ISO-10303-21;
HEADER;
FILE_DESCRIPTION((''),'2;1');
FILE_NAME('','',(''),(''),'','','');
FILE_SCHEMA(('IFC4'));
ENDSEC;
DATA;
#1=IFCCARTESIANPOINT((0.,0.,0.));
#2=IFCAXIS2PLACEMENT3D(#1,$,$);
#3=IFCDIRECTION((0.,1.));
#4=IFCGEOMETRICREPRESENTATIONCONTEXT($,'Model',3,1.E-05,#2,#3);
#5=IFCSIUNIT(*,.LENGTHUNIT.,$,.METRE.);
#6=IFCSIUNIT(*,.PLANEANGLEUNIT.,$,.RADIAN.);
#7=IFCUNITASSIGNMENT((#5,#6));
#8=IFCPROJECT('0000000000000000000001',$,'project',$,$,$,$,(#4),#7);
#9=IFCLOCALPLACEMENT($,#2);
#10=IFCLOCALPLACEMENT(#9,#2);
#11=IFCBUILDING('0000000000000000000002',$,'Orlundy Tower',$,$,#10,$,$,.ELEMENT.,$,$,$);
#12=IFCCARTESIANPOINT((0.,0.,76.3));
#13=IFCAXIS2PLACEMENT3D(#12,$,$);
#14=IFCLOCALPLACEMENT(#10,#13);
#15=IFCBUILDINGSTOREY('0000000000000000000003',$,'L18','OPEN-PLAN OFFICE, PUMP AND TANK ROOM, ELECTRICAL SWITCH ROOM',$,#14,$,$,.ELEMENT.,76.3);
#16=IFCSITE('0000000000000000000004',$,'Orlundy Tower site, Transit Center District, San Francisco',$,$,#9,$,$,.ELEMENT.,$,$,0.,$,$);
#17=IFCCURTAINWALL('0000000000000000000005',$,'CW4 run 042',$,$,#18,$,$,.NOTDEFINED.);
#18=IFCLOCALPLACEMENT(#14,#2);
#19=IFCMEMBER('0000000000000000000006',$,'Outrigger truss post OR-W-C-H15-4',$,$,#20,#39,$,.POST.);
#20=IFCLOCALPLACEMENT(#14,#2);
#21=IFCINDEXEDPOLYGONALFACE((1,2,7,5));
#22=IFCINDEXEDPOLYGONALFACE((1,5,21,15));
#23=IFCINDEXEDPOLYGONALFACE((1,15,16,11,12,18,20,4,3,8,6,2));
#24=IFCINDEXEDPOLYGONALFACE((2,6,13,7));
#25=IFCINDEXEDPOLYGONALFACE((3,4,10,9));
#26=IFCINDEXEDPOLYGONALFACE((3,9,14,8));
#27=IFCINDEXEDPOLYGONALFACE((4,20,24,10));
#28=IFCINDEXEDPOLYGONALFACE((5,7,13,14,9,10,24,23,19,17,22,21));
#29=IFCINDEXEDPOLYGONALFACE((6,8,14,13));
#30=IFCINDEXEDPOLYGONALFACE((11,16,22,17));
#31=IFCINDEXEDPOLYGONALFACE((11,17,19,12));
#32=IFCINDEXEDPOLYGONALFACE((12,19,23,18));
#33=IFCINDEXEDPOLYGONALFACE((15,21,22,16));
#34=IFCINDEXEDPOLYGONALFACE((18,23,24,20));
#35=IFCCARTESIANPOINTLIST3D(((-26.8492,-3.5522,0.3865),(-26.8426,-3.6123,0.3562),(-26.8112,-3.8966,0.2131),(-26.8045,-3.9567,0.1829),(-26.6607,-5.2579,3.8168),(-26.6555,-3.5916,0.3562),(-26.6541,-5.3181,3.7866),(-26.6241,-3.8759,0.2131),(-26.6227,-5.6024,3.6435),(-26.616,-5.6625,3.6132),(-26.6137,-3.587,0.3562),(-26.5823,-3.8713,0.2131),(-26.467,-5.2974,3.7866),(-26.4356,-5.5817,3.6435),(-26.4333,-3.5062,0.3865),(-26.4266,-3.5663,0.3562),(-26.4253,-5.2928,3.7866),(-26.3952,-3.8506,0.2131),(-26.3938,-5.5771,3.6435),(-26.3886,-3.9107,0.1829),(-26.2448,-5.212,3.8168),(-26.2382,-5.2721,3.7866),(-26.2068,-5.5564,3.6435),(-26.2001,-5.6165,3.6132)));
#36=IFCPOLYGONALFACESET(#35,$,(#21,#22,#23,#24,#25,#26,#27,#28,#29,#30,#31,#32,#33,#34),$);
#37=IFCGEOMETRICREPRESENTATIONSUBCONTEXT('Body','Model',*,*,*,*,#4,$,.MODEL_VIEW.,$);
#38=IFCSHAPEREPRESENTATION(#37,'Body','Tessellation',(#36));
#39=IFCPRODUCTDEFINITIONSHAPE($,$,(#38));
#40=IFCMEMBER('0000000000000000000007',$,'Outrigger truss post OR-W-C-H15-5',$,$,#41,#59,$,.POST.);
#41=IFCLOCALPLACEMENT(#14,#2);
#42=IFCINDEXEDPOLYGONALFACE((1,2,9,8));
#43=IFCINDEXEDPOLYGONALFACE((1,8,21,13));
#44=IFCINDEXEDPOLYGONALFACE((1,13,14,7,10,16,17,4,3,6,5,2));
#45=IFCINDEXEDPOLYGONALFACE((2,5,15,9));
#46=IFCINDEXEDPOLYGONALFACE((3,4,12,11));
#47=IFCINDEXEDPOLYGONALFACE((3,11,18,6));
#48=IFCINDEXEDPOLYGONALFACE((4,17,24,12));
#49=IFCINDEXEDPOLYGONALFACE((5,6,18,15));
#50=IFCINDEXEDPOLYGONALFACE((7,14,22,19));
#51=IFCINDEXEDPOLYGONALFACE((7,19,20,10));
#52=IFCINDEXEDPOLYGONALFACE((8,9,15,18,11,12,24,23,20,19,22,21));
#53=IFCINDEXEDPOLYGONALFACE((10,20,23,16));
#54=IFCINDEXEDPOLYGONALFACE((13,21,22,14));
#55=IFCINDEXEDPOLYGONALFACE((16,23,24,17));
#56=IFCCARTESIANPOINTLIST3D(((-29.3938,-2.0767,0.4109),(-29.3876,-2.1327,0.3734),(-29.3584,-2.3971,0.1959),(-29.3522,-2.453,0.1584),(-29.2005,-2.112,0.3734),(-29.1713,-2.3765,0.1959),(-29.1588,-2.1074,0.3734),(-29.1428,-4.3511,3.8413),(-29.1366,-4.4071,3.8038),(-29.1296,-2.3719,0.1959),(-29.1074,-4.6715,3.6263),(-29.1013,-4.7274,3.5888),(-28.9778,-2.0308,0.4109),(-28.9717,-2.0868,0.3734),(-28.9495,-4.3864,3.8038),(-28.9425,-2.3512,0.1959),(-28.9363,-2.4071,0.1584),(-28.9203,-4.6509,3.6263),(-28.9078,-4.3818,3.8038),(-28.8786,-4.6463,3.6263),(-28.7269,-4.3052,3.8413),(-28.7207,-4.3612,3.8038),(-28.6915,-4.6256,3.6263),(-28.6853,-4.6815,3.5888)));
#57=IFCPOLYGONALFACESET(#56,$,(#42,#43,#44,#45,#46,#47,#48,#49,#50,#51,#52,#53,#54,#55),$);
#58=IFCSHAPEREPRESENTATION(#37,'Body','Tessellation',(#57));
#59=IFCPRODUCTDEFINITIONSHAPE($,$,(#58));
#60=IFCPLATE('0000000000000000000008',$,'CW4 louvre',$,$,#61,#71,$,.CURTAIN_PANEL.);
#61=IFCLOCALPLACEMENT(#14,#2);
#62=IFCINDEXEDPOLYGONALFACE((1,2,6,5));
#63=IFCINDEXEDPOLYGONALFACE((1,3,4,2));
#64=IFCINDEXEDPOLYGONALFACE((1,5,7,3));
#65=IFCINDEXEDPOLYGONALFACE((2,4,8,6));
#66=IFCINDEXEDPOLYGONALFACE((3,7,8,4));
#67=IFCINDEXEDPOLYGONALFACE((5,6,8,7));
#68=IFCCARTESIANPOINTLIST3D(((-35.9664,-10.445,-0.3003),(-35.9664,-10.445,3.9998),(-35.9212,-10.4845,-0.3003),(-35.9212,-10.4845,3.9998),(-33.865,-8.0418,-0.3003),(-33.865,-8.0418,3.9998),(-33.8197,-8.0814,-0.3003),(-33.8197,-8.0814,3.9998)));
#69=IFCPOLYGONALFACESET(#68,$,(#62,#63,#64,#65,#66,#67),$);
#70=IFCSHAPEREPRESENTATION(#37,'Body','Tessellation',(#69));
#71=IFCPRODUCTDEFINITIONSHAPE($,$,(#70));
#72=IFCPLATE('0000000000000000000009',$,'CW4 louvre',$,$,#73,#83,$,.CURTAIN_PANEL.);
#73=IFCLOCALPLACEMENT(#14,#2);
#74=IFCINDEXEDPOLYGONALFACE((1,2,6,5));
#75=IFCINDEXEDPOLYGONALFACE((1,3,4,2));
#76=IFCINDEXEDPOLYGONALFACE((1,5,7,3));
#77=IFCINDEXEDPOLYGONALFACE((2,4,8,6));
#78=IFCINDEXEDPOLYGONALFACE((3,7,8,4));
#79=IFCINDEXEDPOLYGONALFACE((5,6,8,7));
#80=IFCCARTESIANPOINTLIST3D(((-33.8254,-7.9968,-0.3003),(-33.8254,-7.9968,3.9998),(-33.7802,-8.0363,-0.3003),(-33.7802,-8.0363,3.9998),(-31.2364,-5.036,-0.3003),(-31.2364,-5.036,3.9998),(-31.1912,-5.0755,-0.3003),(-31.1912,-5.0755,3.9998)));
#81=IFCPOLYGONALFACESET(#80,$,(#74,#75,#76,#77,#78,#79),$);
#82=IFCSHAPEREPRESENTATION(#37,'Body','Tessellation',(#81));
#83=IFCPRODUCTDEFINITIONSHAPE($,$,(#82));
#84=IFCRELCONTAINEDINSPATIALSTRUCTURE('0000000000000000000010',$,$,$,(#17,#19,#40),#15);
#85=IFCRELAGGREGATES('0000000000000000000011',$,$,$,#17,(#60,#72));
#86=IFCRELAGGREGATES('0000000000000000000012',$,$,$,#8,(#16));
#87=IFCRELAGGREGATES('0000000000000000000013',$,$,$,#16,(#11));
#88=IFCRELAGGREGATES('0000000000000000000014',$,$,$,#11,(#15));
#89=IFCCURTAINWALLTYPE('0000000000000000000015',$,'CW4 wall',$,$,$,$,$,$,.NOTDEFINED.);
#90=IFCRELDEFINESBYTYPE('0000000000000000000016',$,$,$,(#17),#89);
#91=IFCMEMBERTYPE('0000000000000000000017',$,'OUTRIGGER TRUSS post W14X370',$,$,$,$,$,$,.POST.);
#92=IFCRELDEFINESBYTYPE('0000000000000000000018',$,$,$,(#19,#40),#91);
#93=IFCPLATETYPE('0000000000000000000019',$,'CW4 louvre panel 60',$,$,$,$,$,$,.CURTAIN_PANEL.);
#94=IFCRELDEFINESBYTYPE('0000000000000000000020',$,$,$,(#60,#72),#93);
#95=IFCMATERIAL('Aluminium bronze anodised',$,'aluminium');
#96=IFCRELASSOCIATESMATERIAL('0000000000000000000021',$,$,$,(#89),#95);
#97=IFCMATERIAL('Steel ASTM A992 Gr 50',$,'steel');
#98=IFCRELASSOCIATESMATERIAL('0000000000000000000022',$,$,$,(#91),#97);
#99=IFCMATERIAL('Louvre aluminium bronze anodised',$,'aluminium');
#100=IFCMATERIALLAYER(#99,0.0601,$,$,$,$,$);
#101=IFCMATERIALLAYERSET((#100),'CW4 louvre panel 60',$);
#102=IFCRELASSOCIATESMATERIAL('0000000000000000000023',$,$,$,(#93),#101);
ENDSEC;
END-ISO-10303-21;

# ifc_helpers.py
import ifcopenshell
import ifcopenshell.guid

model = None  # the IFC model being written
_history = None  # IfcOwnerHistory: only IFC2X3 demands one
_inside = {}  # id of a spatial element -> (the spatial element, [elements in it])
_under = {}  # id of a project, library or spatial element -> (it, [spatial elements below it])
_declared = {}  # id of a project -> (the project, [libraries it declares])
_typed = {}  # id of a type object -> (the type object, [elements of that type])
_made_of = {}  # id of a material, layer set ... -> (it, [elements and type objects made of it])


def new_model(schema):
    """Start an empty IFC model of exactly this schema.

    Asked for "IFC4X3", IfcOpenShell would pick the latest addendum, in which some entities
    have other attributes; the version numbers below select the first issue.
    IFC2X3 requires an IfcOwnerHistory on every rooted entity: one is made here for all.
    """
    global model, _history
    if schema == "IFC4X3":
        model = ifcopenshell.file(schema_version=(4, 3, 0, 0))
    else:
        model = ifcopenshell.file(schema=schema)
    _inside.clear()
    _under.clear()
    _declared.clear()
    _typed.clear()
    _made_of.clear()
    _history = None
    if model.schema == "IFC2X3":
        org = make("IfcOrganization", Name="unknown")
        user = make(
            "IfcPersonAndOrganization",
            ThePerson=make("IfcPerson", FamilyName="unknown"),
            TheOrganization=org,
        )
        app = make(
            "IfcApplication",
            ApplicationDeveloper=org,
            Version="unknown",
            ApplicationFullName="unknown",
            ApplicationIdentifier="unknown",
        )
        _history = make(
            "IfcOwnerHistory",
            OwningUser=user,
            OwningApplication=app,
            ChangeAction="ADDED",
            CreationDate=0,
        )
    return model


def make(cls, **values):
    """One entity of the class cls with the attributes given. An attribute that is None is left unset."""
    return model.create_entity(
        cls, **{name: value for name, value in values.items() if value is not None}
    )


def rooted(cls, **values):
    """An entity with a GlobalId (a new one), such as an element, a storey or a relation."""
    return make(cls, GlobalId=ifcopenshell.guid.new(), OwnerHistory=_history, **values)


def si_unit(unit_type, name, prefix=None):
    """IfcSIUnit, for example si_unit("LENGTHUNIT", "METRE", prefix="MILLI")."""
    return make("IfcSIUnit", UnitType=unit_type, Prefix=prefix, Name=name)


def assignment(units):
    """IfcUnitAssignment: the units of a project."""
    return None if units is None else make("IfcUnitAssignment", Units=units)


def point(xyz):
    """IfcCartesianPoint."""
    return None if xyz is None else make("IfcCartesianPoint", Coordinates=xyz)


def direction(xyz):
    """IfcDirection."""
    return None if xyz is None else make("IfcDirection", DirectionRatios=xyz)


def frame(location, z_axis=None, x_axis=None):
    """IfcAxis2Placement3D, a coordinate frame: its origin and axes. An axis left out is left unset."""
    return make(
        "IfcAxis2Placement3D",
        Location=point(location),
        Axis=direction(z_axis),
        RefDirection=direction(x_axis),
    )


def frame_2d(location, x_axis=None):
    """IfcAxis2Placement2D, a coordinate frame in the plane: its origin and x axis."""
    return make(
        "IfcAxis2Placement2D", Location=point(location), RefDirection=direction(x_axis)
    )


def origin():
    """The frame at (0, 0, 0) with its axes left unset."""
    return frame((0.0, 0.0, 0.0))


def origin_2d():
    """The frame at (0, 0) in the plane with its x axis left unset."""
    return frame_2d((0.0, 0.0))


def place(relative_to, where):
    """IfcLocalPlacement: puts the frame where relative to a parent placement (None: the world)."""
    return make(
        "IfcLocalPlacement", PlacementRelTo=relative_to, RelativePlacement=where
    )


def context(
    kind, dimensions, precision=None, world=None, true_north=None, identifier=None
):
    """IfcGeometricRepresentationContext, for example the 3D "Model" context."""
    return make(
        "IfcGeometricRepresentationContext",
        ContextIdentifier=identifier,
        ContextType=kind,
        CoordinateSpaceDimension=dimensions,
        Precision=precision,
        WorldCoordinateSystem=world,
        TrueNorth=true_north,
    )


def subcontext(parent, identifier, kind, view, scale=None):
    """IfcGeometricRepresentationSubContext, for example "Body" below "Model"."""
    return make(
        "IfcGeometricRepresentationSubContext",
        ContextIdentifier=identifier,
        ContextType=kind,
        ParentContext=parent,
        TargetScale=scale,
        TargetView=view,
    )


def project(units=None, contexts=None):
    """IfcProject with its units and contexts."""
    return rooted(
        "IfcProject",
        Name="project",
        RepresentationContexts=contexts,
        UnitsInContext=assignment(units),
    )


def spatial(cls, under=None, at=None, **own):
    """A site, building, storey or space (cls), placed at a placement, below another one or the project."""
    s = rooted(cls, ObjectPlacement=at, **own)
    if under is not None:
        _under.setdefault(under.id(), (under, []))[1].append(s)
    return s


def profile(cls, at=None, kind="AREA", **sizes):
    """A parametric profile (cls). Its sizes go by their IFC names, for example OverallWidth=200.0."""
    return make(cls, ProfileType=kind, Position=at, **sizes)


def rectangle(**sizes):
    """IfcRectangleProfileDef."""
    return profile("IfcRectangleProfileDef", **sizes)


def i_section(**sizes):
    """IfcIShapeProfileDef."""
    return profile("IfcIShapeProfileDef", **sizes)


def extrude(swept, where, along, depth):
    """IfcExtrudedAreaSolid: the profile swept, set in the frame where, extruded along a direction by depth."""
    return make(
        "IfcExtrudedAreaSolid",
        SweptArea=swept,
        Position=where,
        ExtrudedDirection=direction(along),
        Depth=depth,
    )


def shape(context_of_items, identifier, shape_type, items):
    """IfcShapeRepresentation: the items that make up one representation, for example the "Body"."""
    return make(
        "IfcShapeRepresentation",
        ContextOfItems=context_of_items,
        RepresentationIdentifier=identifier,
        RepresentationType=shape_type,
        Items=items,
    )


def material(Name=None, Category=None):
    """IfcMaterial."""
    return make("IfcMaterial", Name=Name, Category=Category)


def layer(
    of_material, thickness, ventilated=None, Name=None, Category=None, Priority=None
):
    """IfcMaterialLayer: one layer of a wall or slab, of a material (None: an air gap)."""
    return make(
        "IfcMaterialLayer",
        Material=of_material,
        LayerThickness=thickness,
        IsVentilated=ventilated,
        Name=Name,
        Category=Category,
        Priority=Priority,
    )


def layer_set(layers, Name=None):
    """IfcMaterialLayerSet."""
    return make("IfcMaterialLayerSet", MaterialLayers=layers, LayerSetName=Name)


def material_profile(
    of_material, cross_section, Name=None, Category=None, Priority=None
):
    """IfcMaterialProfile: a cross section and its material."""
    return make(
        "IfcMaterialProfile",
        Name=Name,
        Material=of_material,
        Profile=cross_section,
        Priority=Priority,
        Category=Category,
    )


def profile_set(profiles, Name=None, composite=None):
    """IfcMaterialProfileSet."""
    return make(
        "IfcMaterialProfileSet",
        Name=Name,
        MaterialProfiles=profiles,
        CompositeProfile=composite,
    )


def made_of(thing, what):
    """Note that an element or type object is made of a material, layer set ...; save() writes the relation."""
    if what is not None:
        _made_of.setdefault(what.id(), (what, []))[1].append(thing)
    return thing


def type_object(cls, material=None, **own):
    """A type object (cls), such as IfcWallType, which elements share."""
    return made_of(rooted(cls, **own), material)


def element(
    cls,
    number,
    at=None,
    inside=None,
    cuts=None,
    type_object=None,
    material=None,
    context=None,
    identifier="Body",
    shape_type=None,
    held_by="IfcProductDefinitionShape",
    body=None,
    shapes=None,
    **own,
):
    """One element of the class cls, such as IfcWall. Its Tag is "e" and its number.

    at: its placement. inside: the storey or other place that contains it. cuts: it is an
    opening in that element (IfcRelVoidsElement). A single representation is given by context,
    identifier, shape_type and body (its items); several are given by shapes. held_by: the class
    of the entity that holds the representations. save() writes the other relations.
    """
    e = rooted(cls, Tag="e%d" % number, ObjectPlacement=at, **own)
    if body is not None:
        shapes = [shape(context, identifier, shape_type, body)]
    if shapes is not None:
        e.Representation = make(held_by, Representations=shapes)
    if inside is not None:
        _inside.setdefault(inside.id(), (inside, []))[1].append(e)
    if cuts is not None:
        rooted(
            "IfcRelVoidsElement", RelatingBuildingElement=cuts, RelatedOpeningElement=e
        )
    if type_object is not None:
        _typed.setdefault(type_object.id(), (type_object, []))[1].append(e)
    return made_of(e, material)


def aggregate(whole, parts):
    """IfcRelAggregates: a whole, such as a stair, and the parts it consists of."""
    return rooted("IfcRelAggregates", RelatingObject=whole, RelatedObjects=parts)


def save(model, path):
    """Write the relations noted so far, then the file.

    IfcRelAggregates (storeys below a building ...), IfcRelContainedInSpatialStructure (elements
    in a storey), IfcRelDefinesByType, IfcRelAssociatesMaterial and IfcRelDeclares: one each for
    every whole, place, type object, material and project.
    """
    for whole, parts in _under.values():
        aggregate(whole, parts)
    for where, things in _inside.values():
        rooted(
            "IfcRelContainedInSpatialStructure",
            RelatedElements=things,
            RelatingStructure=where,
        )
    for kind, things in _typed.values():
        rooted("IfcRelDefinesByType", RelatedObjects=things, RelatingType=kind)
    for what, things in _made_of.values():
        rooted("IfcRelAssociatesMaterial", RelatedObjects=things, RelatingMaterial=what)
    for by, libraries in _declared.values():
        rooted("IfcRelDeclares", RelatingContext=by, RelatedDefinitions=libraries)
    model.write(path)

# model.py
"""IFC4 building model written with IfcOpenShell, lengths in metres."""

from ifc_helpers import new_model, si_unit, direction, frame, origin, origin_2d, place, context, subcontext, project, spatial, rectangle, i_section, extrude, material, layer, layer_set, material_profile, profile_set, type_object, element, aggregate, save


model = new_model("IFC4")

# Units and contexts
model_context = context("Model", 3, precision=1e-05, world=origin(), true_north=direction((0.0, 1.0)))
body_context = subcontext(model_context, "Body", "Model", "MODEL_VIEW")
ifc_project = project(units=[si_unit("LENGTHUNIT", "METRE"), si_unit("PLANEANGLEUNIT", "RADIAN")], contexts=[model_context])

# Site, building, storey
site_placement = place(None, origin())
site = spatial("IfcSite", under=ifc_project, at=site_placement, Name="Orlundy Tower site, Transit Center District, San Francisco", CompositionType="ELEMENT", RefElevation=0.0)
building_placement = place(site_placement, origin())
building = spatial("IfcBuilding", under=site, at=building_placement, Name="Orlundy Tower", CompositionType="ELEMENT")
storey_placement = place(building_placement, frame((0.0, 0.0, 76.3)))
storey = spatial("IfcBuildingStorey", under=building, at=storey_placement, Name="L18", Description="OPEN-PLAN OFFICE, PUMP AND TANK ROOM, ELECTRICAL SWITCH ROOM", CompositionType="ELEMENT", Elevation=76.3)

# Curtain wall
ifc_material_1 = material(Name="Aluminium bronze anodised", Category="aluminium")
curtain_wall_type = type_object("IfcCurtainWallType", Name="CW4 wall", PredefinedType="NOTDEFINED", material=ifc_material_1)
curtain_wall_1_placement = place(storey_placement, origin())
curtain_wall_1 = element("IfcCurtainWall", 1, at=curtain_wall_1_placement, inside=storey, type_object=curtain_wall_type, Name="CW4 run 042", PredefinedType="NOTDEFINED")

# Members
ifc_material_2 = material(Name="Steel ASTM A992 Gr 50", Category="steel")
ifc_material_profile_1 = material_profile(ifc_material_2, i_section(OverallWidth=0.4185, OverallDepth=0.4551, WebThickness=0.042, FlangeThickness=0.0676, at=origin_2d()), Name="W14X370")
ifc_profile_set_1 = profile_set([ifc_material_profile_1], Name="Steel ASTM A992 Gr 50")
member_type_1 = type_object("IfcMemberType", Name="OUTRIGGER TRUSS post W14X370", PredefinedType="POST", material=ifc_profile_set_1)
member_1_placement = place(storey_placement, frame((-26.6189, -3.7314, 0.2847), z_axis=(0.049137, -0.444712, 0.894325), x_axis=(0.993951, 0.109823, 0.0)))
element("IfcMember", 2, at=member_1_placement, inside=storey, type_object=member_type_1, Name="Outrigger truss post OR-W-C-H15-4", PredefinedType="POST", context=body_context, shape_type="SweptSolid", body=[
    extrude(i_section(OverallWidth=0.4185, OverallDepth=0.4551, WebThickness=0.042, FlangeThickness=0.0676, at=origin_2d()), origin(), (0.0, 0.0, 1.0), 3.8357),
])
member_2_placement = place(storey_placement, frame((-29.165, -2.2419, 0.2847), z_axis=(0.060864, -0.551566, 0.831908), x_axis=(0.993967, 0.109682, 0.0)))
element("IfcMember", 3, at=member_2_placement, inside=storey, type_object=member_type_1, Name="Outrigger truss post OR-W-C-H15-5", PredefinedType="POST", context=body_context, shape_type="SweptSolid", body=[
    extrude(i_section(OverallWidth=0.4185, OverallDepth=0.4551, WebThickness=0.042, FlangeThickness=0.0676, at=origin_2d()), origin(), (0.0, 0.0, 1.0), 4.1235),
])

# Plates
ifc_material_3 = material(Name="Louvre aluminium bronze anodised", Category="aluminium")
ifc_layer = layer(ifc_material_3, 0.0601)
ifc_layer_set = layer_set([ifc_layer], Name="CW4 louvre panel 60")
plate_type = type_object("IfcPlateType", Name="CW4 louvre panel 60", PredefinedType="CURTAIN_PANEL", material=ifc_layer_set)
plate_1_placement = place(storey_placement, frame((-34.8931, -9.2632, -0.3003), z_axis=(0.0, 0.0, 1.0), x_axis=(0.658267, 0.752785, 0.0)))
plate_1 = element("IfcPlate", 4, at=plate_1_placement, type_object=plate_type, Name="CW4 louvre", PredefinedType="CURTAIN_PANEL", context=body_context, shape_type="SweptSolid", body=[
    extrude(rectangle(XDim=3.1924, YDim=0.0601, at=origin_2d()), origin(), (0.0, 0.0, 1.0), 4.3),
])
plate_2_placement = place(storey_placement, frame((-32.5083, -6.5361, -0.3003), z_axis=(0.0, 0.0, 1.0), x_axis=(0.658267, 0.752785, 0.0)))
plate_2 = element("IfcPlate", 5, at=plate_2_placement, type_object=plate_type, Name="CW4 louvre", PredefinedType="CURTAIN_PANEL", context=body_context, shape_type="SweptSolid", body=[
    extrude(rectangle(XDim=3.9331, YDim=0.0601, at=origin_2d()), origin(), (0.0, 0.0, 1.0), 4.3),
])
aggregate(curtain_wall_1, [plate_1, plate_2])

save(model, "model.ifc")
